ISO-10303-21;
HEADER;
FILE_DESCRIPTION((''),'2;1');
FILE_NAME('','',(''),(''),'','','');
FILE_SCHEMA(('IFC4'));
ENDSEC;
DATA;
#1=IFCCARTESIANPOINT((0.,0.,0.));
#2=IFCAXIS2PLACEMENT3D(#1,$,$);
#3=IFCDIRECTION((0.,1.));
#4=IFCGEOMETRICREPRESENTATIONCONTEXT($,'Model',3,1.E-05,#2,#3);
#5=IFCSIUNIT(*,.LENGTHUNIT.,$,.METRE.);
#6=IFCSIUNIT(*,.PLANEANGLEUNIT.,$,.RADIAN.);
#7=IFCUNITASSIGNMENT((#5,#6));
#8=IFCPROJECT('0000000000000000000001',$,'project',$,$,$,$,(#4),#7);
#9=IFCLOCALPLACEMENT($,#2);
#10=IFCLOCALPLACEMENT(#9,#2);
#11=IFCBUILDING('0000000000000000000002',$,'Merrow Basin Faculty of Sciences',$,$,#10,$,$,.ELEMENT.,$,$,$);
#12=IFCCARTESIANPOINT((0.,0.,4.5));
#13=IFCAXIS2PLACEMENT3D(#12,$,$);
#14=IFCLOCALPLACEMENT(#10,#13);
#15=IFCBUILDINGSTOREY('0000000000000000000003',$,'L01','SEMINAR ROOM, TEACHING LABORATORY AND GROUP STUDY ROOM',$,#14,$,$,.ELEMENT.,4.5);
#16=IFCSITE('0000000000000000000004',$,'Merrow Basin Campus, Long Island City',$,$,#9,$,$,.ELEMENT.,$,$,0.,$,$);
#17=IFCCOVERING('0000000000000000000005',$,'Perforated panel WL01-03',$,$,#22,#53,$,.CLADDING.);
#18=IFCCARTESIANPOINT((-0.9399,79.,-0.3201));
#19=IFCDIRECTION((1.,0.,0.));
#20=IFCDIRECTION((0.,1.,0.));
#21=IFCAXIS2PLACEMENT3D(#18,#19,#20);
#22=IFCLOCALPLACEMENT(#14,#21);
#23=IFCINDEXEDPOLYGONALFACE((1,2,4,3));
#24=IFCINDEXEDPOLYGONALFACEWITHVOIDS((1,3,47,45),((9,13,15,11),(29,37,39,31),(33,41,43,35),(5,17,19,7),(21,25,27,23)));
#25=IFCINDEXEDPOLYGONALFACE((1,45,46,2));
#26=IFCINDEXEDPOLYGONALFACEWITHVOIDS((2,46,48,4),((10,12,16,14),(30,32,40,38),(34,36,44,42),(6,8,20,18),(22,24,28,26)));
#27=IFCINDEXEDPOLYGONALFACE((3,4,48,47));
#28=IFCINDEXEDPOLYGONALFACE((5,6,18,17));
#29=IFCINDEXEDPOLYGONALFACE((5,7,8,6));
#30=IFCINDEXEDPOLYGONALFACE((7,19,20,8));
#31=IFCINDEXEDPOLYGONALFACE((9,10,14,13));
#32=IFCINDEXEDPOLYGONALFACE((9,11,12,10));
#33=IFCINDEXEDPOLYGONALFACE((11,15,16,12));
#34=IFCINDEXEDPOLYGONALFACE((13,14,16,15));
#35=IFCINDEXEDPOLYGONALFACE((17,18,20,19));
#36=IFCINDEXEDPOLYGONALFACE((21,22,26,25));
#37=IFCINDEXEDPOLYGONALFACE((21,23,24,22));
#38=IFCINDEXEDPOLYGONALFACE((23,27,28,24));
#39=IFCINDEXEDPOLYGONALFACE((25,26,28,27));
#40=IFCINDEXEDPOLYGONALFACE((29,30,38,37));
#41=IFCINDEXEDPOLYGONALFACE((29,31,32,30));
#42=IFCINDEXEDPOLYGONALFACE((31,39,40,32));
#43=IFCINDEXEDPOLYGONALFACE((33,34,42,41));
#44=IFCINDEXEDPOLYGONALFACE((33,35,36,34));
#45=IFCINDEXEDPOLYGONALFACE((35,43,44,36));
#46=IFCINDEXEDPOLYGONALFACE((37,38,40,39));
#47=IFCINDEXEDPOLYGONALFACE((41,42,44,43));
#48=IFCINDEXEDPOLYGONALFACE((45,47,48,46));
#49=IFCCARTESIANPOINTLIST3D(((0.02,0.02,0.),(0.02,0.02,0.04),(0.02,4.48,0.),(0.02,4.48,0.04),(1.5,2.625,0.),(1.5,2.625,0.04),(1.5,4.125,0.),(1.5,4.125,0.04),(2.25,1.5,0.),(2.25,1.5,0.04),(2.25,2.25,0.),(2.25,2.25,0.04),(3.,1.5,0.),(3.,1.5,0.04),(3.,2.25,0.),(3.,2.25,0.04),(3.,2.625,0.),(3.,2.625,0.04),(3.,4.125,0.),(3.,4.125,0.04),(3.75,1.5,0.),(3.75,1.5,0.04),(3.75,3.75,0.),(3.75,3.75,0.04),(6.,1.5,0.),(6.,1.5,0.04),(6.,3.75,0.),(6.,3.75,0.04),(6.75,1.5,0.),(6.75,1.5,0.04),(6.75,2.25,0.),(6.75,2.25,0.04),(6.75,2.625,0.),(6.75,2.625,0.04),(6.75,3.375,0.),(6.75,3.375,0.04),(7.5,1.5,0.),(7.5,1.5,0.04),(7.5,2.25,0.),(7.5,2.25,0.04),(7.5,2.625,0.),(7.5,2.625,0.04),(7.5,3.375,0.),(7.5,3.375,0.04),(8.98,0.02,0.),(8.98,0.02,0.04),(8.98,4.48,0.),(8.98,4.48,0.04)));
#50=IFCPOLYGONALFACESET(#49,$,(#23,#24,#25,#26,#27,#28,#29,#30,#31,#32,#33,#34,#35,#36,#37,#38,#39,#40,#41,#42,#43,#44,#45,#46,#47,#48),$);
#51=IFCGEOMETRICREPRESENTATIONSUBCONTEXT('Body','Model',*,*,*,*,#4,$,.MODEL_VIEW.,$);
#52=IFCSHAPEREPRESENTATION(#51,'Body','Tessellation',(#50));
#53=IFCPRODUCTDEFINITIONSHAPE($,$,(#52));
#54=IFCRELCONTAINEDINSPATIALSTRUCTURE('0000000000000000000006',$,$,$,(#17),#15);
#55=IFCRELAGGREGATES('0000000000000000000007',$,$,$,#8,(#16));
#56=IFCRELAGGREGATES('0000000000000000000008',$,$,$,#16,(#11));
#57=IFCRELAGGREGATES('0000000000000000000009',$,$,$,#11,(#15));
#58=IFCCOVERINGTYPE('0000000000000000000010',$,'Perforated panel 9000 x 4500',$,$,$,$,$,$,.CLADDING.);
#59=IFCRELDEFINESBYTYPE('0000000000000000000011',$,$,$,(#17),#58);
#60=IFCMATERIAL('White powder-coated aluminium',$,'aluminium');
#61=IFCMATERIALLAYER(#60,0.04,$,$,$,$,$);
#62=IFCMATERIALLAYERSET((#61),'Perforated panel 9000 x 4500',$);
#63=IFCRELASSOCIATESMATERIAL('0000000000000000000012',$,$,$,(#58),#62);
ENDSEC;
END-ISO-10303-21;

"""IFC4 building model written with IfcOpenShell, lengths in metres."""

from ifc_helpers import new_model, si_unit, direction, frame, origin, place, context, subcontext, project, spatial, polyline, outline, extrude, source, transform, mapped, material, layer, layer_set, type_object, element, save


model = new_model("IFC4")

# Units and contexts
model_context = context("Model", 3, precision=1e-05, world=origin(), true_north=direction((0.0, 1.0)))
body_context = subcontext(model_context, "Body", "Model", "MODEL_VIEW")
ifc_project = project(units=[si_unit("LENGTHUNIT", "METRE"), si_unit("PLANEANGLEUNIT", "RADIAN")], contexts=[model_context])

# Site, building, storey
site_placement = place(None, origin())
site = spatial("IfcSite", under=ifc_project, at=site_placement, Name="Merrow Basin Campus, Long Island City", CompositionType="ELEMENT", RefElevation=0.0)
building_placement = place(site_placement, origin())
building = spatial("IfcBuilding", under=site, at=building_placement, Name="Merrow Basin Faculty of Sciences", CompositionType="ELEMENT")
storey_placement = place(building_placement, frame((0.0, 0.0, 4.5)))
storey = spatial("IfcBuildingStorey", under=building, at=storey_placement, Name="L01", Description="SEMINAR ROOM, TEACHING LABORATORY AND GROUP STUDY ROOM", CompositionType="ELEMENT", Elevation=4.5)

# Covering
ifc_material_1 = material(Name="White powder-coated aluminium", Category="aluminium")
ifc_layer_1 = layer(ifc_material_1, 0.04)
ifc_layer_set_1 = layer_set([ifc_layer_1], Name="Perforated panel 9000 x 4500")
covering_type = type_object("IfcCoveringType", Name="Perforated panel 9000 x 4500", PredefinedType="CLADDING", material=ifc_layer_set_1)
shared_shape_1 = source(origin(), body_context, "Body", "SweptSolid", [
    extrude(outline(polyline([(0.02, 0.02), (8.98, 0.02), (8.98, 4.48), (0.02, 4.48), (0.02, 0.02)]), holes=[polyline([(2.25, 1.5), (3.0, 1.5), (3.0, 2.25), (2.25, 2.25), (2.25, 1.5)]), polyline([(3.75, 1.5), (6.0, 1.5), (6.0, 3.75), (3.75, 3.75), (3.75, 1.5)]), polyline([(6.75, 1.5), (7.5, 1.5), (7.5, 2.25), (6.75, 2.25), (6.75, 1.5)]), polyline([(1.5, 2.625), (3.0, 2.625), (3.0, 4.125), (1.5, 4.125), (1.5, 2.625)]), polyline([(6.75, 2.625), (7.5, 2.625), (7.5, 3.375), (6.75, 3.375), (6.75, 2.625)])]), origin(), (0.0, 0.0, 1.0), 0.04),
])
covering_placement = place(storey_placement, frame((-0.9399, 79.0, -0.3201), z_axis=(1.0, 0.0, 0.0), x_axis=(0.0, 1.0, 0.0)))
element("IfcCovering", 1, at=covering_placement, inside=storey, type_object=covering_type, Name="Perforated panel WL01-03", PredefinedType="CLADDING", context=body_context, shape_type="MappedRepresentation", body=[
    mapped(shared_shape_1, transform((0.0, 0.0, 0.0), scale=1.0)),
])

save(model, "model.ifc")
